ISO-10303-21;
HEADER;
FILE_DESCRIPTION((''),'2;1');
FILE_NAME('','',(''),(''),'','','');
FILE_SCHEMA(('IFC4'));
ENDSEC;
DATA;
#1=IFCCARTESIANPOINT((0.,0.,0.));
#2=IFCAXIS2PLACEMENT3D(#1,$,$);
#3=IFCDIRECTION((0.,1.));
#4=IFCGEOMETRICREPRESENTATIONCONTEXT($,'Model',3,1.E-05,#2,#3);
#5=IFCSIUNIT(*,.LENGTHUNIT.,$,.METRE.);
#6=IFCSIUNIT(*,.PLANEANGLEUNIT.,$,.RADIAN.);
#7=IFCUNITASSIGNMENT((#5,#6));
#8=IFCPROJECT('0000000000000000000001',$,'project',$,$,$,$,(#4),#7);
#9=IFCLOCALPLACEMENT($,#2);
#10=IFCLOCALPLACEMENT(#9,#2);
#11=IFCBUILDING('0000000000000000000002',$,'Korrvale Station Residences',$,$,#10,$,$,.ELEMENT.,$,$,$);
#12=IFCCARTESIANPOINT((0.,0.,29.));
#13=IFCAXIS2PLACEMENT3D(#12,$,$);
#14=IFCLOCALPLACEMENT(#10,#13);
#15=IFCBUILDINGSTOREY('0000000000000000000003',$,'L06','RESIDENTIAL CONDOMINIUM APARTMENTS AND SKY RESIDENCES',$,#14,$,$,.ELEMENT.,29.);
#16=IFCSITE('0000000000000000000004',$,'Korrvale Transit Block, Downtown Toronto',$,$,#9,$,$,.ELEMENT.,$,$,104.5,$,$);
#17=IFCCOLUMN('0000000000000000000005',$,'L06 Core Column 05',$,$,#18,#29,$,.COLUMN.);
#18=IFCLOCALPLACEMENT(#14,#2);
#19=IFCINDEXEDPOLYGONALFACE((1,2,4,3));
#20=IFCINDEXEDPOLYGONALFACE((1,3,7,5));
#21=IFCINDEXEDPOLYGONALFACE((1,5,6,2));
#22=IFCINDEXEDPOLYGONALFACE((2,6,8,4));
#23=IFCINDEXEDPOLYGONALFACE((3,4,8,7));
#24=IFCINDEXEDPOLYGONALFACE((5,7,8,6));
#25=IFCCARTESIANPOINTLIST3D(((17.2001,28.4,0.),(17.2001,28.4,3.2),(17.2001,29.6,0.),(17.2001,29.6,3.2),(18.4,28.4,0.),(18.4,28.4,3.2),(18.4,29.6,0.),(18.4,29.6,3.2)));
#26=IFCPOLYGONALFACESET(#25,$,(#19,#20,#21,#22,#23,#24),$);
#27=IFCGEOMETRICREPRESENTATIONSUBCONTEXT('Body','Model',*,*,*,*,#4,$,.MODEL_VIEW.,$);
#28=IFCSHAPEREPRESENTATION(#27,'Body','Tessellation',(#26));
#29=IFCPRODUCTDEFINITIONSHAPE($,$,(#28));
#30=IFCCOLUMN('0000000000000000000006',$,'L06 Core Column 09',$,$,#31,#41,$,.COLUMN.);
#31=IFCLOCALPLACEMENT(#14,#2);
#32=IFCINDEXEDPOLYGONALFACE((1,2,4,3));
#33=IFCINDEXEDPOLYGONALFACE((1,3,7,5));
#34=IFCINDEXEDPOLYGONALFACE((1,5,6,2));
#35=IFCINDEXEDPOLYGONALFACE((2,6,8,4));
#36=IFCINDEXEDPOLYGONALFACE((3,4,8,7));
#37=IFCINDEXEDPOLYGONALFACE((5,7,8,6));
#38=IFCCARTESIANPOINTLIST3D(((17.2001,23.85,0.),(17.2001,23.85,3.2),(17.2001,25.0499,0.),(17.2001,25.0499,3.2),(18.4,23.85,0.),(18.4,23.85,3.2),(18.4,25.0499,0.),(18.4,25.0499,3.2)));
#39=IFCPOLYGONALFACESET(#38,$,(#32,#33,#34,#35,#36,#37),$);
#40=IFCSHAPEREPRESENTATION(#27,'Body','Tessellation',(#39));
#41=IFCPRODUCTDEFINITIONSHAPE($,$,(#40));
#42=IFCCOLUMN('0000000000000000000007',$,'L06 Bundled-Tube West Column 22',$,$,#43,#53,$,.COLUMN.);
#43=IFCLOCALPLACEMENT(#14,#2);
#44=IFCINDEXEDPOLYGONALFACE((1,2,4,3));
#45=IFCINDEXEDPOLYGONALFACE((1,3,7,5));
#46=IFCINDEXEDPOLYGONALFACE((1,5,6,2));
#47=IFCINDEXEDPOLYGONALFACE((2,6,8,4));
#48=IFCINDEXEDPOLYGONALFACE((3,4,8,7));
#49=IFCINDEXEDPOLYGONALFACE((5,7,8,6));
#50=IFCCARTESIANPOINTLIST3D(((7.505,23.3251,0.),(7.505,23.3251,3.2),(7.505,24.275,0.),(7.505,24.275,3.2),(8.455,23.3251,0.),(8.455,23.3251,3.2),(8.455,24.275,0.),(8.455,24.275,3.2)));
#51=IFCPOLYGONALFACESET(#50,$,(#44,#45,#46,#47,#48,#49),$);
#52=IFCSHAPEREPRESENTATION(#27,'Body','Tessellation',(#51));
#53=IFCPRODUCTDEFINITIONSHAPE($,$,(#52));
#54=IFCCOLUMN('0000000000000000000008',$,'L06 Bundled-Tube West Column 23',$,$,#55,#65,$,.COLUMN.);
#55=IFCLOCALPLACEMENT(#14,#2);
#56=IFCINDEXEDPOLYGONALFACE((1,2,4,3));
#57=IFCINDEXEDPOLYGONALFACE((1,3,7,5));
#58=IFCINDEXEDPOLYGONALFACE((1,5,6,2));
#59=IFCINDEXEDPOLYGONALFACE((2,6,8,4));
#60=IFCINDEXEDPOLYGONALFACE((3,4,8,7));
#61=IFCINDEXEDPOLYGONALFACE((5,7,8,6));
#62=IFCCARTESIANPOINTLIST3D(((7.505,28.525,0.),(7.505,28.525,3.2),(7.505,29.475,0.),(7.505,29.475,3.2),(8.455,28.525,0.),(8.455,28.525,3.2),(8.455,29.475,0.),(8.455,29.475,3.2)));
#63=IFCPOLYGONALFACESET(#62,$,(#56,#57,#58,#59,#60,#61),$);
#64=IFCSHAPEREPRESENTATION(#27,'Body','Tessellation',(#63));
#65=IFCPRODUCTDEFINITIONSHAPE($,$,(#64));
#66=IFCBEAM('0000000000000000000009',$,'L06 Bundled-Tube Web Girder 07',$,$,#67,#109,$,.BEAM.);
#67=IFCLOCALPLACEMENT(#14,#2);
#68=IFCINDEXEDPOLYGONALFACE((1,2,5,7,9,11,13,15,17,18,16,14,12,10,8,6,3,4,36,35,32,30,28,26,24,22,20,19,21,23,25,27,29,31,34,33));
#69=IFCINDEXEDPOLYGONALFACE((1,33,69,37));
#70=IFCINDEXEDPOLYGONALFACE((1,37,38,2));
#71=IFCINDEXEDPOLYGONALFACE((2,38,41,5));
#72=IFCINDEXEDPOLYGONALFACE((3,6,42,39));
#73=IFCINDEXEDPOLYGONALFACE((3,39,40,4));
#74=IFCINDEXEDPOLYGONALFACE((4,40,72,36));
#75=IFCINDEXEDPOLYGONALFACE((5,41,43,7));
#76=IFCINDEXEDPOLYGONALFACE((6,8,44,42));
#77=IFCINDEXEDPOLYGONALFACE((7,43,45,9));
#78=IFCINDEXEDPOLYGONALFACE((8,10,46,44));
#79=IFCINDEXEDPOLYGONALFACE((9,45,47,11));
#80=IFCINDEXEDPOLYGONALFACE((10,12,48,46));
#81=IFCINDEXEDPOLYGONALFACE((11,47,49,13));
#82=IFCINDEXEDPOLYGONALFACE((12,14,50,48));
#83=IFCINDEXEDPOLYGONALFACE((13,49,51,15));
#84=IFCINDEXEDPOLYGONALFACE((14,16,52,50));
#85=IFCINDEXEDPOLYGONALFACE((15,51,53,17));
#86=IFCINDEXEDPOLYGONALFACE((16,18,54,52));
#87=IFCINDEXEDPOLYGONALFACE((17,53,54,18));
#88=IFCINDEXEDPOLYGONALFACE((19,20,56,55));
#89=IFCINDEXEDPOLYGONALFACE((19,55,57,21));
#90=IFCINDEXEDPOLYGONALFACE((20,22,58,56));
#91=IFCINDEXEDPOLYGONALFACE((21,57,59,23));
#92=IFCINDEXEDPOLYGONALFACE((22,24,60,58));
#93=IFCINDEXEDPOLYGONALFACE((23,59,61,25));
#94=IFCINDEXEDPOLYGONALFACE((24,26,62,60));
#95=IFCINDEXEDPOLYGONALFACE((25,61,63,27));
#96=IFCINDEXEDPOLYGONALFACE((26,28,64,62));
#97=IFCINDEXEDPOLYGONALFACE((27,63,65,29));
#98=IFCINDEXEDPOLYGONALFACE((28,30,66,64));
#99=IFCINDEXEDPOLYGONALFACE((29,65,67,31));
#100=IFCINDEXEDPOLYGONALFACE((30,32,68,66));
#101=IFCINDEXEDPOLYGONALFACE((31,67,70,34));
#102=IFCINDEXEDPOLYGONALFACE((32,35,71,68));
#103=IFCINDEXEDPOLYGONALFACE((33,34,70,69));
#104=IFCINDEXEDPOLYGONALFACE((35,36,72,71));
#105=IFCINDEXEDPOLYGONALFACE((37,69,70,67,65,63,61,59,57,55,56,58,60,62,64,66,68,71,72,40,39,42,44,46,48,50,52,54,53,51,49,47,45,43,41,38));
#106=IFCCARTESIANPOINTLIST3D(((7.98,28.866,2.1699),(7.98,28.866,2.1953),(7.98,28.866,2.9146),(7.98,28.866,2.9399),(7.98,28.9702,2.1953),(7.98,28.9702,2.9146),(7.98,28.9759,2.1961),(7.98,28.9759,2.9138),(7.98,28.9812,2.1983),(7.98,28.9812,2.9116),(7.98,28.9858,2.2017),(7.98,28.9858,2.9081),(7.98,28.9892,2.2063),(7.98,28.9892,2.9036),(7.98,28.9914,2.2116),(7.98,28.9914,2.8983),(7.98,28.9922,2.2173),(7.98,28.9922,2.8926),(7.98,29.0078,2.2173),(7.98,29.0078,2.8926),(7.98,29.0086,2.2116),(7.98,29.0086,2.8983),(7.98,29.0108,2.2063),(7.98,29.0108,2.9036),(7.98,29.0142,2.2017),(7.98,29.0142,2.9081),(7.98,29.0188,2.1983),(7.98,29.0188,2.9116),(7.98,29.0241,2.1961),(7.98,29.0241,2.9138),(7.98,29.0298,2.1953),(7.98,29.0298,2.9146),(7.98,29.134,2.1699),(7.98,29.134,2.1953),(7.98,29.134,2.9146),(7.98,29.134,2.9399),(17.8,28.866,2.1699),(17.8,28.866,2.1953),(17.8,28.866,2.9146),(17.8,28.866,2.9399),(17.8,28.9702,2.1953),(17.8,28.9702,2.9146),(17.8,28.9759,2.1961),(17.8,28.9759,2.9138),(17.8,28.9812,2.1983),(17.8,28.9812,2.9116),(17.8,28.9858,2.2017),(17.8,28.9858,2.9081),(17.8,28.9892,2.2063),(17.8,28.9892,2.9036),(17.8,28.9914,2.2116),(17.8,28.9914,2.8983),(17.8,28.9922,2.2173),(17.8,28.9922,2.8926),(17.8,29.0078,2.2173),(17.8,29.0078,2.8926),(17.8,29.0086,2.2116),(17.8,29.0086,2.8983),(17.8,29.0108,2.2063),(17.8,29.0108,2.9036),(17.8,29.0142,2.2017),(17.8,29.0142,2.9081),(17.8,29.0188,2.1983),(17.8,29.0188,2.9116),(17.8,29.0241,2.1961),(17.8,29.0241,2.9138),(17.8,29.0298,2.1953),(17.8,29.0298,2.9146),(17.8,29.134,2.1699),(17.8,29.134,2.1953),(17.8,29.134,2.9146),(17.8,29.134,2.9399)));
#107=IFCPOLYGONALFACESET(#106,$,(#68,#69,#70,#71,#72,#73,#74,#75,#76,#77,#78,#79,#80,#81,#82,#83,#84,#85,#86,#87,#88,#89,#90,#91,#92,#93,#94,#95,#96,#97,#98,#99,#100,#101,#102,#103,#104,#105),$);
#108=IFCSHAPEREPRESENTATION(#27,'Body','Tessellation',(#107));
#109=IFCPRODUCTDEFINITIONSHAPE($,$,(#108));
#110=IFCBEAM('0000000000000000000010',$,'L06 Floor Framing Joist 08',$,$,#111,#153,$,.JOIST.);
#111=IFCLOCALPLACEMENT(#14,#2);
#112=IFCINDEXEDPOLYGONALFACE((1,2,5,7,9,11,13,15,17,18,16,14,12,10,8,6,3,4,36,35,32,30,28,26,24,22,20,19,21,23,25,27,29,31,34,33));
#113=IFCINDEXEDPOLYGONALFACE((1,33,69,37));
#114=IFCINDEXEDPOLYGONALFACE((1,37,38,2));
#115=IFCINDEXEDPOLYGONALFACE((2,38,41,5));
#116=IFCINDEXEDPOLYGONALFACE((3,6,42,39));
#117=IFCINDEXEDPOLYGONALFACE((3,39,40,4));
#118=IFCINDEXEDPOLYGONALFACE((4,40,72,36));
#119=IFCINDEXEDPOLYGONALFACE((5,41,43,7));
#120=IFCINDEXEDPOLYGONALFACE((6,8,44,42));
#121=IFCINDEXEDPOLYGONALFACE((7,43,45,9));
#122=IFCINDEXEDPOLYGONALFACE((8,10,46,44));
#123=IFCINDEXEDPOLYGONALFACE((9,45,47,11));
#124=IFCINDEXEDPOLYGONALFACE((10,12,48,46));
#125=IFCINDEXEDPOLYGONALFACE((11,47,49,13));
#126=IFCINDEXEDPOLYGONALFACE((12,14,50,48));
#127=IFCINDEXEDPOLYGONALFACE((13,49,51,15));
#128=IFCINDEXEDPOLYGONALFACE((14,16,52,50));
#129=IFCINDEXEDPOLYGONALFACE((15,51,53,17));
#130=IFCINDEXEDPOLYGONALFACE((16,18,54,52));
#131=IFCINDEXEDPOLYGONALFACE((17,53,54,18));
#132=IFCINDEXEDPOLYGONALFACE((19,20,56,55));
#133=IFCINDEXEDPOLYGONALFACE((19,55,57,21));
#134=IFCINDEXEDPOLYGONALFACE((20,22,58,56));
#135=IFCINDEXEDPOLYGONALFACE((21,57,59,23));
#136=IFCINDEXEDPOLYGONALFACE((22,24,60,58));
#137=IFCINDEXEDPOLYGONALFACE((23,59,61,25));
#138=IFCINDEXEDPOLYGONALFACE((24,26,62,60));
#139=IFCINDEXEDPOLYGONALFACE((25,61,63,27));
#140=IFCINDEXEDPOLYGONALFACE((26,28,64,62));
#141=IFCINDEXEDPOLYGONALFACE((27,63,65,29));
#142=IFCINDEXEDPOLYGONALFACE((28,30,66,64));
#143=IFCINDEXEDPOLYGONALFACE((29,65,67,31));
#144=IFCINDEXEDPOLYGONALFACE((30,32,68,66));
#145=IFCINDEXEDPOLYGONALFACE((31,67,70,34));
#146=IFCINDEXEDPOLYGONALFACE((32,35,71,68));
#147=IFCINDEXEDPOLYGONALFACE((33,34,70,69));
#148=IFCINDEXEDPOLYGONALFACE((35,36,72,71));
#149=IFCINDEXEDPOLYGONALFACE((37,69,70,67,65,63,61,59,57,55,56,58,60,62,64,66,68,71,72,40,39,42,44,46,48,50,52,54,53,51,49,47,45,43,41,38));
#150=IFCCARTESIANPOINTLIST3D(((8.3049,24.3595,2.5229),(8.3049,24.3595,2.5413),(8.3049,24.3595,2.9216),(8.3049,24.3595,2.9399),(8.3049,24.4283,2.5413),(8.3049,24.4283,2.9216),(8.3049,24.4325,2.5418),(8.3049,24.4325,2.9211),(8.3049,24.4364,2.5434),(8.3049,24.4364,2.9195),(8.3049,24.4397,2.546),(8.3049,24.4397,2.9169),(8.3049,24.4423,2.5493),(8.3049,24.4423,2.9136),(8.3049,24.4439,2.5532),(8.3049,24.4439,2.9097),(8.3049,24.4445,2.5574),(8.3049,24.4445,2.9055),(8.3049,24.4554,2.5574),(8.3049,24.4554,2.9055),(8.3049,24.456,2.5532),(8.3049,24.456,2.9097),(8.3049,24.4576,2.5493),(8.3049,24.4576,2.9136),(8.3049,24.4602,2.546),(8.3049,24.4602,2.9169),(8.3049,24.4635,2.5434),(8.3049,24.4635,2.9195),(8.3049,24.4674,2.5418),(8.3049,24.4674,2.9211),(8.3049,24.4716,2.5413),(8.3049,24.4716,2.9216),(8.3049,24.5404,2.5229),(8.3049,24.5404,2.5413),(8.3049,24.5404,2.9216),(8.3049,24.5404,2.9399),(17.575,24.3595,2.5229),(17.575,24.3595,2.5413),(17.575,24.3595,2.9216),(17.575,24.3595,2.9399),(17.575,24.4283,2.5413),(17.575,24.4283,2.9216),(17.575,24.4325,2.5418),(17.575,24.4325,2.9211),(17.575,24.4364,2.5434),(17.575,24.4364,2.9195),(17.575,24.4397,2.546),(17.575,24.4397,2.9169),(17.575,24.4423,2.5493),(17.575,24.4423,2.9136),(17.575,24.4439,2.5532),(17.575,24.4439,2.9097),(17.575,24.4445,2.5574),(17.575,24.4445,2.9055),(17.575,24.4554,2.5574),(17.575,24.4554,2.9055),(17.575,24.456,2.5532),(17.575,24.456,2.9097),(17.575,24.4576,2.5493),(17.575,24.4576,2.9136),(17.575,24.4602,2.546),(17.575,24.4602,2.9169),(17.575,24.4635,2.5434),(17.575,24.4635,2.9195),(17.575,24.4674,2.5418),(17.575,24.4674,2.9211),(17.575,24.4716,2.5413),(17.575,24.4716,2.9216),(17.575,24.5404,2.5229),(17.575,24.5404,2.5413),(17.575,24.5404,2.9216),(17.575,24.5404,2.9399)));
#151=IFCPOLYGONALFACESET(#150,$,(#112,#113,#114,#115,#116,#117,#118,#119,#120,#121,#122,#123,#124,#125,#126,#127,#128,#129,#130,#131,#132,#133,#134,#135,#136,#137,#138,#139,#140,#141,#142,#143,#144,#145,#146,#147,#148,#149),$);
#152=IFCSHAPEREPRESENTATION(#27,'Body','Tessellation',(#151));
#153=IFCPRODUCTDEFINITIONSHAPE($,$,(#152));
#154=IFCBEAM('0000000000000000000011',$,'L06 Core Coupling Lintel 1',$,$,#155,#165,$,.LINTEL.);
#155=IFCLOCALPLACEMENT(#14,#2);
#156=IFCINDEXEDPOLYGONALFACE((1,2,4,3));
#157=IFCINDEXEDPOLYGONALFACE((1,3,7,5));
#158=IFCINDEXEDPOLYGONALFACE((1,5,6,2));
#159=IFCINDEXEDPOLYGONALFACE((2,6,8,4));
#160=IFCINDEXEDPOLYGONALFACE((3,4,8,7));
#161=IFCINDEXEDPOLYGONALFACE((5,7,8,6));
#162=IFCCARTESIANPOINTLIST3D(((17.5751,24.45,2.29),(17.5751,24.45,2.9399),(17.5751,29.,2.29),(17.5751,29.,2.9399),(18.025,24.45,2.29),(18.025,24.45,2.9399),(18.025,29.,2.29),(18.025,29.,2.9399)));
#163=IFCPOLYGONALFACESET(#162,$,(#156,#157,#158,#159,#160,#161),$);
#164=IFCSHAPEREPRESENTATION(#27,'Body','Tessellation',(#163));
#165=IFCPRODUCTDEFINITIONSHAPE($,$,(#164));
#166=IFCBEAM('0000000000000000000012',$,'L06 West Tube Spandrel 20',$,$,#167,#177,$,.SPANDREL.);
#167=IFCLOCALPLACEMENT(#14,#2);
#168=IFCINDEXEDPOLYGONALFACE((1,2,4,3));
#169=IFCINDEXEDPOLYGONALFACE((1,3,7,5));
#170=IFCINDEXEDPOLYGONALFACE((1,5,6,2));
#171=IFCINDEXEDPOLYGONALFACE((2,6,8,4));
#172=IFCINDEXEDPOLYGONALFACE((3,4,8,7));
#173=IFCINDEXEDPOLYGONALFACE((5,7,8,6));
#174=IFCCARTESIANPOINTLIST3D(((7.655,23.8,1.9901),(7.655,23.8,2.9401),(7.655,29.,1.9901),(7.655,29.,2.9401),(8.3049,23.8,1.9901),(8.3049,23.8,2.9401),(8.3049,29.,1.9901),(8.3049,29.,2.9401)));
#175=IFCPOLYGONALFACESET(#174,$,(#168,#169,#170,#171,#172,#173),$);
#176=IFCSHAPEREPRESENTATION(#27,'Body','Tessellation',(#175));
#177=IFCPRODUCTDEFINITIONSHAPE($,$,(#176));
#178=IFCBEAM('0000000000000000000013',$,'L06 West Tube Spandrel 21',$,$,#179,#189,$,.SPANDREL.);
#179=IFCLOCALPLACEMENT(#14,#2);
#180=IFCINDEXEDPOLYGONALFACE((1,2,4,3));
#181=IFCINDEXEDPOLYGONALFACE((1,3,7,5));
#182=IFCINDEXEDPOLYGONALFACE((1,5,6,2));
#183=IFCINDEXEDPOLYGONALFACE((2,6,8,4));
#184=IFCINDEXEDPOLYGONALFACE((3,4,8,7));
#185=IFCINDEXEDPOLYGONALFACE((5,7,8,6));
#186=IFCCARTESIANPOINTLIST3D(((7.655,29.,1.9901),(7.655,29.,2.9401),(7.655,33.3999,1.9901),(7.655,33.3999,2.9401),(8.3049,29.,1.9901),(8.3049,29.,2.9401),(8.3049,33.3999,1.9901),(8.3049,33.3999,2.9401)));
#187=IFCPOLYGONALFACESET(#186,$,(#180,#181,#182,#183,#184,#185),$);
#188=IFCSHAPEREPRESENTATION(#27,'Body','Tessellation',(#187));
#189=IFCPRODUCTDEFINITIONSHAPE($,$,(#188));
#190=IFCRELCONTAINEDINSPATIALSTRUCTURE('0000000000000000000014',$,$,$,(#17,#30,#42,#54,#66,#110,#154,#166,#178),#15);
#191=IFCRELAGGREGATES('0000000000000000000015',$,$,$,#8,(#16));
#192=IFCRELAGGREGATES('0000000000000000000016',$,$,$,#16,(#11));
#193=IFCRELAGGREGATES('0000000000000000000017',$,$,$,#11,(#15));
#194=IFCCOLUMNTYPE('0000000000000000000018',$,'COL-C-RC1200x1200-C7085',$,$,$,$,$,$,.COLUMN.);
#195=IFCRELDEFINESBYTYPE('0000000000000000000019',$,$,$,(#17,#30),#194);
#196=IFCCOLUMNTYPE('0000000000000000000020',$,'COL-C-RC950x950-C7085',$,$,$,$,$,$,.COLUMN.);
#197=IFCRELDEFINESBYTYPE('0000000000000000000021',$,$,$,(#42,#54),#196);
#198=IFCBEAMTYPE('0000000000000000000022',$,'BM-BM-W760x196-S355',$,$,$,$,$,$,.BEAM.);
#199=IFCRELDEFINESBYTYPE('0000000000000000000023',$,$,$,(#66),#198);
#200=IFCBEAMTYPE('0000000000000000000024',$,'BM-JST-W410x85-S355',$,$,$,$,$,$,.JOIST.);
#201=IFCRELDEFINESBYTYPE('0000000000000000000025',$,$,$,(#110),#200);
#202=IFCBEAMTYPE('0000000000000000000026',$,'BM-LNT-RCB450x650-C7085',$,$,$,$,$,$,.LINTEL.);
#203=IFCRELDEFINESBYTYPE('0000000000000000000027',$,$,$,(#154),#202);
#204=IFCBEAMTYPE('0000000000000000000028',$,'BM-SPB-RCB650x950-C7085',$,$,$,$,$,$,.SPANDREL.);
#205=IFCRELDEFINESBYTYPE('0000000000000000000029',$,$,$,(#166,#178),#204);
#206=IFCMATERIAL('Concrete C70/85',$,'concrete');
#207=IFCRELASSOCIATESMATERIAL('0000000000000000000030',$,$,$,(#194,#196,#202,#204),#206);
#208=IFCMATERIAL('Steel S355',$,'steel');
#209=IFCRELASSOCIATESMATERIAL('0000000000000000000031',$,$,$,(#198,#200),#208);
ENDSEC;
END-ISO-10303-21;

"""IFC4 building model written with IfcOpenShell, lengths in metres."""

from ifc_helpers import new_model, si_unit, direction, frame, origin, origin_2d, place, context, subcontext, project, spatial, rectangle, i_section, extrude, material, material_profile, profile_set, type_object, element, save


model = new_model("IFC4")

# Units and contexts
model_context = context("Model", 3, precision=1e-05, world=origin(), true_north=direction((0.0, 1.0)))
body_context = subcontext(model_context, "Body", "Model", "MODEL_VIEW")
ifc_project = project(units=[si_unit("LENGTHUNIT", "METRE"), si_unit("PLANEANGLEUNIT", "RADIAN")], contexts=[model_context])

# Site, building, storey
site_placement = place(None, origin())
site = spatial("IfcSite", under=ifc_project, at=site_placement, Name="Korrvale Transit Block, Downtown Toronto", CompositionType="ELEMENT", RefElevation=104.5)
building_placement = place(site_placement, origin())
building = spatial("IfcBuilding", under=site, at=building_placement, Name="Korrvale Station Residences", CompositionType="ELEMENT")
storey_placement = place(building_placement, frame((0.0, 0.0, 29.0)))
storey = spatial("IfcBuildingStorey", under=building, at=storey_placement, Name="L06", Description="RESIDENTIAL CONDOMINIUM APARTMENTS AND SKY RESIDENCES", CompositionType="ELEMENT", Elevation=29.0)

# Columns
ifc_material_1 = material(Name="Concrete C70/85", Category="concrete")
ifc_material_profile_1 = material_profile(ifc_material_1, rectangle(XDim=1.2, YDim=1.2, at=origin_2d()), Name="RC1200x1200")
ifc_profile_set_1 = profile_set([ifc_material_profile_1], Name="Concrete C70/85")
column_type_1 = type_object("IfcColumnType", Name="COL-C-RC1200x1200-C7085", PredefinedType="COLUMN", material=ifc_profile_set_1)
for number, where, z_axis, x_axis, name in (
    (1, (17.8, 29.0, 0.0), (0.0, 0.0, 1.0), (1.0, 0.0, 0.0), "L06 Core Column 05"),
    (2, (17.8, 24.45, 0.0), (0.0, 0.0, 1.0), (1.0, 0.0, 0.0), "L06 Core Column 09"),
):
    element("IfcColumn", number, at=place(storey_placement, frame(where, z_axis=z_axis, x_axis=x_axis)), inside=storey, type_object=column_type_1, Name=name, PredefinedType="COLUMN", context=body_context, shape_type="SweptSolid", body=[
        extrude(rectangle(XDim=1.2, YDim=1.2, at=origin_2d()), origin(), (0.0, 0.0, 1.0), 3.2),
    ])
ifc_material_profile_2 = material_profile(ifc_material_1, rectangle(XDim=0.95, YDim=0.95, at=origin_2d()), Name="RC950x950")
ifc_profile_set_2 = profile_set([ifc_material_profile_2], Name="Concrete C70/85")
column_type_2 = type_object("IfcColumnType", Name="COL-C-RC950x950-C7085", PredefinedType="COLUMN", material=ifc_profile_set_2)
for number, where, z_axis, x_axis, name in (
    (3, (7.98, 23.8, 0.0), (0.0, 0.0, 1.0), (1.0, 0.0, 0.0), "L06 Bundled-Tube West Column 22"),
    (4, (7.98, 29.0, 0.0), (0.0, 0.0, 1.0), (1.0, 0.0, 0.0), "L06 Bundled-Tube West Column 23"),
):
    element("IfcColumn", number, at=place(storey_placement, frame(where, z_axis=z_axis, x_axis=x_axis)), inside=storey, type_object=column_type_2, Name=name, PredefinedType="COLUMN", context=body_context, shape_type="SweptSolid", body=[
        extrude(rectangle(XDim=0.95, YDim=0.95, at=origin_2d()), origin(), (0.0, 0.0, 1.0), 3.2),
    ])

# Beams
ifc_material_2 = material(Name="Steel S355", Category="steel")
ifc_material_profile_3 = material_profile(ifc_material_2, i_section(OverallWidth=0.2681, OverallDepth=0.77, WebThickness=0.0156, FlangeThickness=0.0254, FilletRadius=0.022, at=origin_2d()), Name="W760x196")
ifc_profile_set_3 = profile_set([ifc_material_profile_3], Name="Steel S355")
beam_type_1 = type_object("IfcBeamType", Name="BM-BM-W760x196-S355", PredefinedType="BEAM", material=ifc_profile_set_3)
beam_1_placement = place(storey_placement, frame((7.98, 29.0, 2.5549), z_axis=(1.0, 0.0, 0.0), x_axis=(0.0, 1.0, 0.0)))
element("IfcBeam", 5, at=beam_1_placement, inside=storey, type_object=beam_type_1, Name="L06 Bundled-Tube Web Girder 07", PredefinedType="BEAM", context=body_context, shape_type="SweptSolid", body=[
    extrude(i_section(OverallWidth=0.2681, OverallDepth=0.77, WebThickness=0.0156, FlangeThickness=0.0254, FilletRadius=0.022, at=origin_2d()), origin(), (0.0, 0.0, 1.0), 9.8201),
])
ifc_material_profile_4 = material_profile(ifc_material_2, i_section(OverallWidth=0.1809, OverallDepth=0.417, WebThickness=0.011, FlangeThickness=0.0183, FilletRadius=0.0161, at=origin_2d()), Name="W410x85")
ifc_profile_set_4 = profile_set([ifc_material_profile_4], Name="Steel S355")
beam_type_2 = type_object("IfcBeamType", Name="BM-JST-W410x85-S355", PredefinedType="JOIST", material=ifc_profile_set_4)
beam_2_placement = place(storey_placement, frame((8.3049, 24.45, 2.7314), z_axis=(1.0, 0.0, 0.0), x_axis=(0.0, 1.0, 0.0)))
element("IfcBeam", 6, at=beam_2_placement, inside=storey, type_object=beam_type_2, Name="L06 Floor Framing Joist 08", PredefinedType="JOIST", context=body_context, shape_type="SweptSolid", body=[
    extrude(i_section(OverallWidth=0.1809, OverallDepth=0.417, WebThickness=0.011, FlangeThickness=0.0183, FilletRadius=0.0161, at=origin_2d()), origin(), (0.0, 0.0, 1.0), 9.27),
])
ifc_material_profile_5 = material_profile(ifc_material_1, rectangle(XDim=0.45, YDim=0.6499, at=origin_2d()), Name="RCB450x650")
ifc_profile_set_5 = profile_set([ifc_material_profile_5], Name="Concrete C70/85")
beam_type_3 = type_object("IfcBeamType", Name="BM-LNT-RCB450x650-C7085", PredefinedType="LINTEL", material=ifc_profile_set_5)
beam_3_placement = place(storey_placement, frame((17.8, 24.45, 2.615), z_axis=(0.0, 1.0, 0.0), x_axis=(-1.0, 0.0, 0.0)))
element("IfcBeam", 7, at=beam_3_placement, inside=storey, type_object=beam_type_3, Name="L06 Core Coupling Lintel 1", PredefinedType="LINTEL", context=body_context, shape_type="SweptSolid", body=[
    extrude(rectangle(XDim=0.45, YDim=0.6499, at=origin_2d()), origin(), (0.0, 0.0, 1.0), 4.55),
])
ifc_material_profile_6 = material_profile(ifc_material_1, rectangle(XDim=0.6499, YDim=0.95, at=origin_2d()), Name="RCB650x950")
ifc_profile_set_6 = profile_set([ifc_material_profile_6], Name="Concrete C70/85")
beam_type_4 = type_object("IfcBeamType", Name="BM-SPB-RCB650x950-C7085", PredefinedType="SPANDREL", material=ifc_profile_set_6)
beam_4_placement = place(storey_placement, frame((7.98, 23.8, 2.4651), z_axis=(0.0, 1.0, 0.0), x_axis=(-1.0, 0.0, 0.0)))
element("IfcBeam", 8, at=beam_4_placement, inside=storey, type_object=beam_type_4, Name="L06 West Tube Spandrel 20", PredefinedType="SPANDREL", context=body_context, shape_type="SweptSolid", body=[
    extrude(rectangle(XDim=0.6499, YDim=0.95, at=origin_2d()), origin(), (0.0, 0.0, 1.0), 5.2),
])
beam_5_placement = place(storey_placement, frame((7.98, 29.0, 2.4651), z_axis=(0.0, 1.0, 0.0), x_axis=(-1.0, 0.0, 0.0)))
element("IfcBeam", 9, at=beam_5_placement, inside=storey, type_object=beam_type_4, Name="L06 West Tube Spandrel 21", PredefinedType="SPANDREL", context=body_context, shape_type="SweptSolid", body=[
    extrude(rectangle(XDim=0.6499, YDim=0.95, at=origin_2d()), origin(), (0.0, 0.0, 1.0), 4.3999),
])

save(model, "model.ifc")
